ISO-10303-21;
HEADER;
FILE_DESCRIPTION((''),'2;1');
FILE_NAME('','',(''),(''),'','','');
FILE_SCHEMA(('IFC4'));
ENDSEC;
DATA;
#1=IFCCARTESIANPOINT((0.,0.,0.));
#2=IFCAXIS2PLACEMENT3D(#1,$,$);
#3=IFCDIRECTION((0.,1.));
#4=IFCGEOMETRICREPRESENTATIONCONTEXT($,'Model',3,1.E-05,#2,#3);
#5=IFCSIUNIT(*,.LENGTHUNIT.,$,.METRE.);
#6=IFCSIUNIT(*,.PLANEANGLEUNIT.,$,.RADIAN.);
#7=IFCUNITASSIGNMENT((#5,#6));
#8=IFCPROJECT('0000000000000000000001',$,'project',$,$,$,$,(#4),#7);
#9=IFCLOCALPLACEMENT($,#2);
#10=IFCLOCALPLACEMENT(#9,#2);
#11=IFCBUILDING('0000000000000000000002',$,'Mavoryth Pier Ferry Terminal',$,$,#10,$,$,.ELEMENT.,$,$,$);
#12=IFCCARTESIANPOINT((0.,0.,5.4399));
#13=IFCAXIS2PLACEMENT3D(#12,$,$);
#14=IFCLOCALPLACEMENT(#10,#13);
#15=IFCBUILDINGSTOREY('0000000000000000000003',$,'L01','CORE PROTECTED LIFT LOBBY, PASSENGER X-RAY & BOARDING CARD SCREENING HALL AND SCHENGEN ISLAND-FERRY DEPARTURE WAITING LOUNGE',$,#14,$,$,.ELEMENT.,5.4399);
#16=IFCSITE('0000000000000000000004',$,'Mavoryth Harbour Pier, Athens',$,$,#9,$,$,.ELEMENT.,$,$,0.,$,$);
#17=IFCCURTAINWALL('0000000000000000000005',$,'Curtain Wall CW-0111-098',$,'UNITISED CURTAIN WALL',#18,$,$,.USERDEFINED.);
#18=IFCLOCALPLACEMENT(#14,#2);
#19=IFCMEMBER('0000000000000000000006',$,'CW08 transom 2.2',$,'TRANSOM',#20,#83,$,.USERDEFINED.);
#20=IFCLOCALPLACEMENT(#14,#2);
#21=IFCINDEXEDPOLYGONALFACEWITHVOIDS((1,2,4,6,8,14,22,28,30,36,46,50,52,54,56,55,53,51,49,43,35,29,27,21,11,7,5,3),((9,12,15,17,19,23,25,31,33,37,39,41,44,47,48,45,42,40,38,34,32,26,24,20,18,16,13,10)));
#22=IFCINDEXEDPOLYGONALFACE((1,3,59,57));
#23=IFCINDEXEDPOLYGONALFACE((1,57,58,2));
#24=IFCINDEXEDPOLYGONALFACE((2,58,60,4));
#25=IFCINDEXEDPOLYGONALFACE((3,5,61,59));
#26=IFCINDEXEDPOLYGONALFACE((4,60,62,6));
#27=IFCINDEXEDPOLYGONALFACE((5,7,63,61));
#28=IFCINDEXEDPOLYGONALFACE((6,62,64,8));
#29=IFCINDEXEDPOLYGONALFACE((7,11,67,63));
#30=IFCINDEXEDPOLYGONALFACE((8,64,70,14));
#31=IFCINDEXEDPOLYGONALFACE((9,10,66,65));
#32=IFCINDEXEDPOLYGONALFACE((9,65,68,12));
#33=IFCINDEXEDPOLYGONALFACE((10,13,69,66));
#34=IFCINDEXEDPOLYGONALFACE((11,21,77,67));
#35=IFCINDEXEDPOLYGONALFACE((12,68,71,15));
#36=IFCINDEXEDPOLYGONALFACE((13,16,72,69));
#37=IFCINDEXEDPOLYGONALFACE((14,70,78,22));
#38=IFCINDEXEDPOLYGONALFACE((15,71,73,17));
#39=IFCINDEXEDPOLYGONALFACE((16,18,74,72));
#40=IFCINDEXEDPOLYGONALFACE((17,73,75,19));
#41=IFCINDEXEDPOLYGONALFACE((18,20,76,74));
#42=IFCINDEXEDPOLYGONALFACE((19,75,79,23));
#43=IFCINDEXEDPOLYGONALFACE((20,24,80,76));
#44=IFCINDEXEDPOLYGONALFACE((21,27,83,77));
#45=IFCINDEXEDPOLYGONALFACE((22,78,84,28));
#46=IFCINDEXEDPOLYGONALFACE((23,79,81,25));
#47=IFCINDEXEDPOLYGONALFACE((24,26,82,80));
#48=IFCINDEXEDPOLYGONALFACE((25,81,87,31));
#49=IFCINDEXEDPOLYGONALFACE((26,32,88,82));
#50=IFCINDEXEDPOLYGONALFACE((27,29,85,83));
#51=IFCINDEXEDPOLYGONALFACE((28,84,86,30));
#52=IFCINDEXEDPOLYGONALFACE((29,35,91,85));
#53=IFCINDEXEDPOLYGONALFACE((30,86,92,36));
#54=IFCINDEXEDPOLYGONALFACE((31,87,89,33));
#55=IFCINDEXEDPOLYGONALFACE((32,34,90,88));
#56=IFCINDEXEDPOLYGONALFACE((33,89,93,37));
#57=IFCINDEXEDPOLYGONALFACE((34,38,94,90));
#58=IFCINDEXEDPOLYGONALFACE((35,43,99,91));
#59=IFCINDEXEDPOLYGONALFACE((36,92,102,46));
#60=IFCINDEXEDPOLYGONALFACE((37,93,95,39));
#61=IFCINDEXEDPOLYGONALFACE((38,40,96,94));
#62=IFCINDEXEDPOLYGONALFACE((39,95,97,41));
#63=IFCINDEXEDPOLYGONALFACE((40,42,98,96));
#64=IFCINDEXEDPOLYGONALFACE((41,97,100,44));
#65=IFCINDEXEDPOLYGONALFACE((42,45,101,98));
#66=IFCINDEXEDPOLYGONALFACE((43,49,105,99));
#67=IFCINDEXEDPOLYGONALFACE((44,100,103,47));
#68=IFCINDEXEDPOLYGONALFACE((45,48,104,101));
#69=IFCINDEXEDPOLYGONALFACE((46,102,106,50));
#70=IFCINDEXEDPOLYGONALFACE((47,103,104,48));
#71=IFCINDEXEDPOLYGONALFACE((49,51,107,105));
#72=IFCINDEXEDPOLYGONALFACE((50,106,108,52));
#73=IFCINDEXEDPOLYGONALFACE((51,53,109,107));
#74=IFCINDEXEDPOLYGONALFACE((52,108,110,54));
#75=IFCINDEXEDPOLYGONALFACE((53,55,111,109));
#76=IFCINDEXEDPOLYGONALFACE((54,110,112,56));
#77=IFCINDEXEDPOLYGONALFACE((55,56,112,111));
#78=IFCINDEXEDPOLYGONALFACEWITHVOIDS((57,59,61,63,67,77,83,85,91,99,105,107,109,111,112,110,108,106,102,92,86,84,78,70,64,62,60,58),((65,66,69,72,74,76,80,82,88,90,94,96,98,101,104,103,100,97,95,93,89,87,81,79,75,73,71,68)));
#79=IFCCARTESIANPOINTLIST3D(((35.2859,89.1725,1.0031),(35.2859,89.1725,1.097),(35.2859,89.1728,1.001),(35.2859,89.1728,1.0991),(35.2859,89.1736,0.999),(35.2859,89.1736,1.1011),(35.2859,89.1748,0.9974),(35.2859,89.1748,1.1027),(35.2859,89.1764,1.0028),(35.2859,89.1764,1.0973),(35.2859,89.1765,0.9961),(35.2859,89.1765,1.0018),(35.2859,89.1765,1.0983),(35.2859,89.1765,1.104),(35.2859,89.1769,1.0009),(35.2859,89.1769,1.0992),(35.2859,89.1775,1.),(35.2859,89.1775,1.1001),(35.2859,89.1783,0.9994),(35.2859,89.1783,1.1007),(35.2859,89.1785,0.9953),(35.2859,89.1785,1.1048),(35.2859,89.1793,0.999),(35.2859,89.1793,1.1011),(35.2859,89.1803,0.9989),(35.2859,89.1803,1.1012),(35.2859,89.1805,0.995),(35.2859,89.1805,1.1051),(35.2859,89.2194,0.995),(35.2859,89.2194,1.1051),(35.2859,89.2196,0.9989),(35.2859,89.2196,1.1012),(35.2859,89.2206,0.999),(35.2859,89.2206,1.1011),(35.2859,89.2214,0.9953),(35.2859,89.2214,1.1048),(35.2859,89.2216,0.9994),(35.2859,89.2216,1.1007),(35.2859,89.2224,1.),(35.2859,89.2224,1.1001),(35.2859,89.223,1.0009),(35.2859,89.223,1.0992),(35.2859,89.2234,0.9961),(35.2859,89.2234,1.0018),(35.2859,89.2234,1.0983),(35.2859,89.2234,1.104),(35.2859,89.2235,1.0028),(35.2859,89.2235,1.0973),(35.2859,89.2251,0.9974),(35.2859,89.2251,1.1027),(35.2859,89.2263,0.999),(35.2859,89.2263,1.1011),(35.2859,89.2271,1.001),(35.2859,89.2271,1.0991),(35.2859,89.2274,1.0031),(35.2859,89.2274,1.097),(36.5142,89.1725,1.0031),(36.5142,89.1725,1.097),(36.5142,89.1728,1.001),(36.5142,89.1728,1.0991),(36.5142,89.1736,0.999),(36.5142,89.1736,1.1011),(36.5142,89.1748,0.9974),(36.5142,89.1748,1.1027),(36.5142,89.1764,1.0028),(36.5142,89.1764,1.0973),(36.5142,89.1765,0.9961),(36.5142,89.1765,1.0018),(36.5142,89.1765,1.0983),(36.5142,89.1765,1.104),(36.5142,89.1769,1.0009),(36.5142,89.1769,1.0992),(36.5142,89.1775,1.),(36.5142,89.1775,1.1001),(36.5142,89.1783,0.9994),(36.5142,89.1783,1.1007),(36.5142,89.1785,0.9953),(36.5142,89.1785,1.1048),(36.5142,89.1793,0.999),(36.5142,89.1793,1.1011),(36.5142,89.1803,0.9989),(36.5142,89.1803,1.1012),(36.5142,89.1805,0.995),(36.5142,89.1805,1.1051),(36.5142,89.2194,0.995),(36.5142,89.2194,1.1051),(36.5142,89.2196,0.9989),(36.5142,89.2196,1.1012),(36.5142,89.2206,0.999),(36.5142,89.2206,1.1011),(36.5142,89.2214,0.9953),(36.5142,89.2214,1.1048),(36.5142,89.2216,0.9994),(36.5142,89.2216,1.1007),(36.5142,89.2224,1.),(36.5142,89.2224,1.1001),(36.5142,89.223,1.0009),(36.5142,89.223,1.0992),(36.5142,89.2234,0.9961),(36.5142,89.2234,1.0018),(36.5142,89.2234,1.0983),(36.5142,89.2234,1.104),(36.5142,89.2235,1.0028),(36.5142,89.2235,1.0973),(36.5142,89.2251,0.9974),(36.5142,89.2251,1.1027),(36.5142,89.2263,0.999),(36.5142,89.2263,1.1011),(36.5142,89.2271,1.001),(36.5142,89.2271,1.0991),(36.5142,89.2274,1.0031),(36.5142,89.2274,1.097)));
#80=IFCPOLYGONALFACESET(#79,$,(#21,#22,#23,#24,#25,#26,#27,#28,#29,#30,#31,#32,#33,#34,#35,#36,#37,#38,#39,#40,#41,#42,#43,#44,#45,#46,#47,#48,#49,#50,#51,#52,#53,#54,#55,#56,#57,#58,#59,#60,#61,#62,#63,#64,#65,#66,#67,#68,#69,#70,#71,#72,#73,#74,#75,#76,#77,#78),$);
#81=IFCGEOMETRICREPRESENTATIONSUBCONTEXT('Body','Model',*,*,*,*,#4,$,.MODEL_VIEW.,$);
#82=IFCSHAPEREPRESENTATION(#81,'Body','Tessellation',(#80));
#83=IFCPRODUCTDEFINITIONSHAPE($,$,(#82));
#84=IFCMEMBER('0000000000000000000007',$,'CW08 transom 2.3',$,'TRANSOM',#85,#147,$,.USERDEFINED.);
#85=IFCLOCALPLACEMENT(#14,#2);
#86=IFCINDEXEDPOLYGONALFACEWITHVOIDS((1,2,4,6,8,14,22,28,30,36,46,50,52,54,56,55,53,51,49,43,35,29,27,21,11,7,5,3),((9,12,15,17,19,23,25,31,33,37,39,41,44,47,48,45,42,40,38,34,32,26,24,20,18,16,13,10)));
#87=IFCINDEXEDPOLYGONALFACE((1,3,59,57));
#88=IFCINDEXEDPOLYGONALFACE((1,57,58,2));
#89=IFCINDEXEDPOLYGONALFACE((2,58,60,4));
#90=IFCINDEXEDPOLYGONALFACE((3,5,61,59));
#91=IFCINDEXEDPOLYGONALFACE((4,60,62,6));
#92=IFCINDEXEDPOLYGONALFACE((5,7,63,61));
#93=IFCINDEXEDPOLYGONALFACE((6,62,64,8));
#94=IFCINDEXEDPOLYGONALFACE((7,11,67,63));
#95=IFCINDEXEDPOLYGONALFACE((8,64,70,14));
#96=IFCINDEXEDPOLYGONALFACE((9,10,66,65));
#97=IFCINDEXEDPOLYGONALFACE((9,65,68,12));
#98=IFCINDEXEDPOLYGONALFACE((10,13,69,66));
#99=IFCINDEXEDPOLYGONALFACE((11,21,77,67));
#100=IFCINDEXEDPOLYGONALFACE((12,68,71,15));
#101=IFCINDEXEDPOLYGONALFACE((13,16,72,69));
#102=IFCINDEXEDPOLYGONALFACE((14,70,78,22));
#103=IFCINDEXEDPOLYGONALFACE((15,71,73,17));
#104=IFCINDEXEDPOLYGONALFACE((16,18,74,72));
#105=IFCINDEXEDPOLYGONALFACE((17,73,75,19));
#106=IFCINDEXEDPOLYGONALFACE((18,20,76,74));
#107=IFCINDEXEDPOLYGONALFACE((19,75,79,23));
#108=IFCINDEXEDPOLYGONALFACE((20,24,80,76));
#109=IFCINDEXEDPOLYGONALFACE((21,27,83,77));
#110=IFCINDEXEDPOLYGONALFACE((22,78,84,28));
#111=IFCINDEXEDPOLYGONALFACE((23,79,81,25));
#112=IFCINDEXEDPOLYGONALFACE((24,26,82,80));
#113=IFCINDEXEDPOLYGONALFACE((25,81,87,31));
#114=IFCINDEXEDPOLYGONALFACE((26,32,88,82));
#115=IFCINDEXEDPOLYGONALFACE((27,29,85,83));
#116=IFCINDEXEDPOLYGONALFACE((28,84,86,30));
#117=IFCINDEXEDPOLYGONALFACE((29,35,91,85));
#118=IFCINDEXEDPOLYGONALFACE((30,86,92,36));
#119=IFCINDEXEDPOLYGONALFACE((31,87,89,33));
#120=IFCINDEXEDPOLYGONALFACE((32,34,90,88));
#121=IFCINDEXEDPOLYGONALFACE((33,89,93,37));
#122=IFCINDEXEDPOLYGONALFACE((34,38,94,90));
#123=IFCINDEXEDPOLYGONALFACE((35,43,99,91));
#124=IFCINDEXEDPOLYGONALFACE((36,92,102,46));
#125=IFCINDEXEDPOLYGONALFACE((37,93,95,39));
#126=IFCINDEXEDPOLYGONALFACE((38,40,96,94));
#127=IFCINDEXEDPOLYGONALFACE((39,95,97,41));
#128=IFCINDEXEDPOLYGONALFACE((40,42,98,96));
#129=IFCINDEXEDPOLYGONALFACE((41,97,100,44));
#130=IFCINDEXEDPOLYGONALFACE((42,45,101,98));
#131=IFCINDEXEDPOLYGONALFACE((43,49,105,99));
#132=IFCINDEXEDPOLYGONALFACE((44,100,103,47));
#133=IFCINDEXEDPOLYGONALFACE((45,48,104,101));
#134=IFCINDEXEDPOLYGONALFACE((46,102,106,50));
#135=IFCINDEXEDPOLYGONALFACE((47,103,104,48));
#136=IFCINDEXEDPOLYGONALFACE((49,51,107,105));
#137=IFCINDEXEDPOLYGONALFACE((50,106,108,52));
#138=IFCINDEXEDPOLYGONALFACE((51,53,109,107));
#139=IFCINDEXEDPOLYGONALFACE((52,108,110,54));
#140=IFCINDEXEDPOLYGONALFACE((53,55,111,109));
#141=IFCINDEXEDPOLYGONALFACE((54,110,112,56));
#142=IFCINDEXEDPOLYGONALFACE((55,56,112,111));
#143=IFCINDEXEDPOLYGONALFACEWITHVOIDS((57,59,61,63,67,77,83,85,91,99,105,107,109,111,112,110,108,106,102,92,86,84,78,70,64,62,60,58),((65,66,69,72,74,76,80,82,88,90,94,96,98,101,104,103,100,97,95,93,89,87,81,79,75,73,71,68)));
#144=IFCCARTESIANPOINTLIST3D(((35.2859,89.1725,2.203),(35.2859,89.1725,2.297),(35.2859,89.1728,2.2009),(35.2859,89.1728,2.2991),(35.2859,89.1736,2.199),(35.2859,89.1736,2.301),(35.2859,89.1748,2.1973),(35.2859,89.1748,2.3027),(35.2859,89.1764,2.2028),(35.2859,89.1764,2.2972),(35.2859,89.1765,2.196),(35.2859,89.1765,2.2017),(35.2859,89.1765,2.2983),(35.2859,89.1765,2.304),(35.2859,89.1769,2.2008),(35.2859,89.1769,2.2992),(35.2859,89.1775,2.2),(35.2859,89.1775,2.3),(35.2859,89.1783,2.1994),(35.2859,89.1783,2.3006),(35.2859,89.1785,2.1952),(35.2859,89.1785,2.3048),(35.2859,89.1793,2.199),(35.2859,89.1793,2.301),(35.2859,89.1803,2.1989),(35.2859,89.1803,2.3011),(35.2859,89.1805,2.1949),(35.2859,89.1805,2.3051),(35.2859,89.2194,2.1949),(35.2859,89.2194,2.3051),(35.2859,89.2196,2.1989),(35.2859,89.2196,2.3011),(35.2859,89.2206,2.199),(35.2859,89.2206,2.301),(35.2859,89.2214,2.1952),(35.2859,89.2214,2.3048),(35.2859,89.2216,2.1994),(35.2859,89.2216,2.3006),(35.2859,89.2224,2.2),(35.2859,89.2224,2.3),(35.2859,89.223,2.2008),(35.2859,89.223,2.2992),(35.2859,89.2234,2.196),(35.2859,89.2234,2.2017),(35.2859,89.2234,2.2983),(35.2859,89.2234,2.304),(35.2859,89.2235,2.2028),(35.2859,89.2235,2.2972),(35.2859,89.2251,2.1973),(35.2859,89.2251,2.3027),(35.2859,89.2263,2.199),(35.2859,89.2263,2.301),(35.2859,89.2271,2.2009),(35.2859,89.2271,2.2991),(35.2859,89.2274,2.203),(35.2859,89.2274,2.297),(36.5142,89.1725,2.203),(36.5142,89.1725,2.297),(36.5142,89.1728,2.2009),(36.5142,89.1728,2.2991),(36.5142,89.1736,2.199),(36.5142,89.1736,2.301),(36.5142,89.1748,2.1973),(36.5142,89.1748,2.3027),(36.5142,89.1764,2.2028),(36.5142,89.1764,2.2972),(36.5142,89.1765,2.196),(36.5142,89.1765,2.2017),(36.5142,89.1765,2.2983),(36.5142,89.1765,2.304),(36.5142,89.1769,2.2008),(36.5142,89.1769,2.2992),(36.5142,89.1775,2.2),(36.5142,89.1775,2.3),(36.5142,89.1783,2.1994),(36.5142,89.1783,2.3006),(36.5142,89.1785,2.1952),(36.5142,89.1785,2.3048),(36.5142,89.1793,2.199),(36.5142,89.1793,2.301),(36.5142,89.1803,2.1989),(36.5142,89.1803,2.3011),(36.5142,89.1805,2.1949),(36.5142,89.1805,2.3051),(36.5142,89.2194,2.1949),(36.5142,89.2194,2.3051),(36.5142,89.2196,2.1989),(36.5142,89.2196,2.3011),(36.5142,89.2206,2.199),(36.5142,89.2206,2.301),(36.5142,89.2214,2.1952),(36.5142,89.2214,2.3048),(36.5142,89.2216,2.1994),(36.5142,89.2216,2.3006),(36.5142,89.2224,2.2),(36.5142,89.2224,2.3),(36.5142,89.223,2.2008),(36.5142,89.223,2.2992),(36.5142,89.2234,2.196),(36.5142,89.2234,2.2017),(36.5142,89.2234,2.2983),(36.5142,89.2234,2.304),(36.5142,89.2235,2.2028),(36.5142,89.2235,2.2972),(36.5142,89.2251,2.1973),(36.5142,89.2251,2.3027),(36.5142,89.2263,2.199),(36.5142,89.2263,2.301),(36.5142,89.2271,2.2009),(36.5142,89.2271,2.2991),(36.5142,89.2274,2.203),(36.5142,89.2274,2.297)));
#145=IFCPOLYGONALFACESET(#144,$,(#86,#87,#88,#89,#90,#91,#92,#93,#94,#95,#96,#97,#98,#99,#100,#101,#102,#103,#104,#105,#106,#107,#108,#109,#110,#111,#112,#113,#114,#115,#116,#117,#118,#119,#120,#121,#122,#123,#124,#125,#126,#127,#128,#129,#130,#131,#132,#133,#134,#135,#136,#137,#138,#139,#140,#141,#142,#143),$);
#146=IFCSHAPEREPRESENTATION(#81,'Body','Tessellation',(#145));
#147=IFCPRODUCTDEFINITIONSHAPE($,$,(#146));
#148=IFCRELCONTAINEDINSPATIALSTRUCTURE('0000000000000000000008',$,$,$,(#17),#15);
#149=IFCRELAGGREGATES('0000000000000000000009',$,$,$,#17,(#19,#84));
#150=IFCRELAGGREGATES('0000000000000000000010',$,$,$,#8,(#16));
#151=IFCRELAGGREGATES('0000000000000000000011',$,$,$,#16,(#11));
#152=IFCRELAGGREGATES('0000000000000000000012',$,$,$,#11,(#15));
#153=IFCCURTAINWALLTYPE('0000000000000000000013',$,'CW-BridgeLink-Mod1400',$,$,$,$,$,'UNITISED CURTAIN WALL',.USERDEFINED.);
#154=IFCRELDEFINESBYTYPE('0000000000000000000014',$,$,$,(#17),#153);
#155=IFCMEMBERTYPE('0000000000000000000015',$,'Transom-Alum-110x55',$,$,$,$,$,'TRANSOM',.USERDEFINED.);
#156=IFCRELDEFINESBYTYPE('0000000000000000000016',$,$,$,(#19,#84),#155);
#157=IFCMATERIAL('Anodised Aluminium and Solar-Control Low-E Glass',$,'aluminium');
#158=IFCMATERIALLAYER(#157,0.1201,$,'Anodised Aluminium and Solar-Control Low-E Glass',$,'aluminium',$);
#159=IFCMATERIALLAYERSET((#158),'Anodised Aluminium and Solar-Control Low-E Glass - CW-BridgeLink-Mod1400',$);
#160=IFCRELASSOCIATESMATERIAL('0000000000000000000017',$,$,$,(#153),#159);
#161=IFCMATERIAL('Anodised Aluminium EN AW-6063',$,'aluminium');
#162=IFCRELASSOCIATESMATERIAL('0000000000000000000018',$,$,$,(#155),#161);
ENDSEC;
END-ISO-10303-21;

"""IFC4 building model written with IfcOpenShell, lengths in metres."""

from ifc_helpers import new_model, si_unit, direction, frame, origin, origin_2d, place, context, subcontext, project, spatial, hollow_rectangle, extrude, material, layer, layer_set, material_profile, profile_set, type_object, element, aggregate, save


model = new_model("IFC4")

# Units and contexts
model_context = context("Model", 3, precision=1e-05, world=origin(), true_north=direction((0.0, 1.0)))
body_context = subcontext(model_context, "Body", "Model", "MODEL_VIEW")
ifc_project = project(units=[si_unit("LENGTHUNIT", "METRE"), si_unit("PLANEANGLEUNIT", "RADIAN")], contexts=[model_context])

# Site, building, storey
site_placement = place(None, origin())
site = spatial("IfcSite", under=ifc_project, at=site_placement, Name="Mavoryth Harbour Pier, Athens", CompositionType="ELEMENT", RefElevation=0.0)
building_placement = place(site_placement, origin())
building = spatial("IfcBuilding", under=site, at=building_placement, Name="Mavoryth Pier Ferry Terminal", CompositionType="ELEMENT")
storey_placement = place(building_placement, frame((0.0, 0.0, 5.4399)))
storey = spatial("IfcBuildingStorey", under=building, at=storey_placement, Name="L01", Description="CORE PROTECTED LIFT LOBBY, PASSENGER X-RAY & BOARDING CARD SCREENING HALL AND SCHENGEN ISLAND-FERRY DEPARTURE WAITING LOUNGE", CompositionType="ELEMENT", Elevation=5.4399)

# Curtain wall, members
ifc_material_1 = material(Name="Anodised Aluminium and Solar-Control Low-E Glass", Category="aluminium")
ifc_layer_1 = layer(ifc_material_1, 0.1201, Name="Anodised Aluminium and Solar-Control Low-E Glass", Category="aluminium")
ifc_layer_set_1 = layer_set([ifc_layer_1], Name="Anodised Aluminium and Solar-Control Low-E Glass - CW-BridgeLink-Mod1400")
curtain_wall_type = type_object("IfcCurtainWallType", Name="CW-BridgeLink-Mod1400", ElementType="UNITISED CURTAIN WALL", PredefinedType="USERDEFINED", material=ifc_layer_set_1)
curtain_wall_placement = place(storey_placement, origin())
curtain_wall = element("IfcCurtainWall", 1, at=curtain_wall_placement, inside=storey, type_object=curtain_wall_type, Name="Curtain Wall CW-0111-098", ObjectType="UNITISED CURTAIN WALL", PredefinedType="USERDEFINED")
ifc_material_2 = material(Name="Anodised Aluminium EN AW-6063", Category="aluminium")
ifc_material_profile_1 = material_profile(ifc_material_2, hollow_rectangle(XDim=0.0549, YDim=0.1101, WallThickness=0.0039, InnerFilletRadius=0.0039, OuterFilletRadius=0.0081, at=origin_2d()), Name="AL-TRAN 110x55x4", Category="aluminium")
ifc_profile_set_1 = profile_set([ifc_material_profile_1], Name="Anodised Aluminium EN AW-6063 - AL-TRAN 110x55x4")
member_type_1 = type_object("IfcMemberType", Name="Transom-Alum-110x55", ElementType="TRANSOM", PredefinedType="USERDEFINED", material=ifc_profile_set_1)
member_1_placement = place(storey_placement, frame((35.2859, 89.2, 1.05), z_axis=(1.0, 0.0, 0.0), x_axis=(0.0, 1.0, 0.0)))
member_1 = element("IfcMember", 2, at=member_1_placement, type_object=member_type_1, Name="CW08 transom 2.2", ObjectType="TRANSOM", PredefinedType="USERDEFINED", context=body_context, shape_type="SweptSolid", body=[
    extrude(hollow_rectangle(XDim=0.0549, YDim=0.1101, WallThickness=0.0039, InnerFilletRadius=0.0039, OuterFilletRadius=0.0081, at=origin_2d()), origin(), (0.0, 0.0, 1.0), 1.2283),
])
member_2_placement = place(storey_placement, frame((35.2859, 89.2, 2.25), z_axis=(1.0, 0.0, 0.0), x_axis=(0.0, 1.0, 0.0)))
member_2 = element("IfcMember", 3, at=member_2_placement, type_object=member_type_1, Name="CW08 transom 2.3", ObjectType="TRANSOM", PredefinedType="USERDEFINED", context=body_context, shape_type="SweptSolid", body=[
    extrude(hollow_rectangle(XDim=0.0549, YDim=0.1101, WallThickness=0.0039, InnerFilletRadius=0.0039, OuterFilletRadius=0.0081, at=origin_2d()), origin(), (0.0, 0.0, 1.0), 1.2283),
])
aggregate(curtain_wall, [member_1, member_2])

save(model, "model.ifc")
